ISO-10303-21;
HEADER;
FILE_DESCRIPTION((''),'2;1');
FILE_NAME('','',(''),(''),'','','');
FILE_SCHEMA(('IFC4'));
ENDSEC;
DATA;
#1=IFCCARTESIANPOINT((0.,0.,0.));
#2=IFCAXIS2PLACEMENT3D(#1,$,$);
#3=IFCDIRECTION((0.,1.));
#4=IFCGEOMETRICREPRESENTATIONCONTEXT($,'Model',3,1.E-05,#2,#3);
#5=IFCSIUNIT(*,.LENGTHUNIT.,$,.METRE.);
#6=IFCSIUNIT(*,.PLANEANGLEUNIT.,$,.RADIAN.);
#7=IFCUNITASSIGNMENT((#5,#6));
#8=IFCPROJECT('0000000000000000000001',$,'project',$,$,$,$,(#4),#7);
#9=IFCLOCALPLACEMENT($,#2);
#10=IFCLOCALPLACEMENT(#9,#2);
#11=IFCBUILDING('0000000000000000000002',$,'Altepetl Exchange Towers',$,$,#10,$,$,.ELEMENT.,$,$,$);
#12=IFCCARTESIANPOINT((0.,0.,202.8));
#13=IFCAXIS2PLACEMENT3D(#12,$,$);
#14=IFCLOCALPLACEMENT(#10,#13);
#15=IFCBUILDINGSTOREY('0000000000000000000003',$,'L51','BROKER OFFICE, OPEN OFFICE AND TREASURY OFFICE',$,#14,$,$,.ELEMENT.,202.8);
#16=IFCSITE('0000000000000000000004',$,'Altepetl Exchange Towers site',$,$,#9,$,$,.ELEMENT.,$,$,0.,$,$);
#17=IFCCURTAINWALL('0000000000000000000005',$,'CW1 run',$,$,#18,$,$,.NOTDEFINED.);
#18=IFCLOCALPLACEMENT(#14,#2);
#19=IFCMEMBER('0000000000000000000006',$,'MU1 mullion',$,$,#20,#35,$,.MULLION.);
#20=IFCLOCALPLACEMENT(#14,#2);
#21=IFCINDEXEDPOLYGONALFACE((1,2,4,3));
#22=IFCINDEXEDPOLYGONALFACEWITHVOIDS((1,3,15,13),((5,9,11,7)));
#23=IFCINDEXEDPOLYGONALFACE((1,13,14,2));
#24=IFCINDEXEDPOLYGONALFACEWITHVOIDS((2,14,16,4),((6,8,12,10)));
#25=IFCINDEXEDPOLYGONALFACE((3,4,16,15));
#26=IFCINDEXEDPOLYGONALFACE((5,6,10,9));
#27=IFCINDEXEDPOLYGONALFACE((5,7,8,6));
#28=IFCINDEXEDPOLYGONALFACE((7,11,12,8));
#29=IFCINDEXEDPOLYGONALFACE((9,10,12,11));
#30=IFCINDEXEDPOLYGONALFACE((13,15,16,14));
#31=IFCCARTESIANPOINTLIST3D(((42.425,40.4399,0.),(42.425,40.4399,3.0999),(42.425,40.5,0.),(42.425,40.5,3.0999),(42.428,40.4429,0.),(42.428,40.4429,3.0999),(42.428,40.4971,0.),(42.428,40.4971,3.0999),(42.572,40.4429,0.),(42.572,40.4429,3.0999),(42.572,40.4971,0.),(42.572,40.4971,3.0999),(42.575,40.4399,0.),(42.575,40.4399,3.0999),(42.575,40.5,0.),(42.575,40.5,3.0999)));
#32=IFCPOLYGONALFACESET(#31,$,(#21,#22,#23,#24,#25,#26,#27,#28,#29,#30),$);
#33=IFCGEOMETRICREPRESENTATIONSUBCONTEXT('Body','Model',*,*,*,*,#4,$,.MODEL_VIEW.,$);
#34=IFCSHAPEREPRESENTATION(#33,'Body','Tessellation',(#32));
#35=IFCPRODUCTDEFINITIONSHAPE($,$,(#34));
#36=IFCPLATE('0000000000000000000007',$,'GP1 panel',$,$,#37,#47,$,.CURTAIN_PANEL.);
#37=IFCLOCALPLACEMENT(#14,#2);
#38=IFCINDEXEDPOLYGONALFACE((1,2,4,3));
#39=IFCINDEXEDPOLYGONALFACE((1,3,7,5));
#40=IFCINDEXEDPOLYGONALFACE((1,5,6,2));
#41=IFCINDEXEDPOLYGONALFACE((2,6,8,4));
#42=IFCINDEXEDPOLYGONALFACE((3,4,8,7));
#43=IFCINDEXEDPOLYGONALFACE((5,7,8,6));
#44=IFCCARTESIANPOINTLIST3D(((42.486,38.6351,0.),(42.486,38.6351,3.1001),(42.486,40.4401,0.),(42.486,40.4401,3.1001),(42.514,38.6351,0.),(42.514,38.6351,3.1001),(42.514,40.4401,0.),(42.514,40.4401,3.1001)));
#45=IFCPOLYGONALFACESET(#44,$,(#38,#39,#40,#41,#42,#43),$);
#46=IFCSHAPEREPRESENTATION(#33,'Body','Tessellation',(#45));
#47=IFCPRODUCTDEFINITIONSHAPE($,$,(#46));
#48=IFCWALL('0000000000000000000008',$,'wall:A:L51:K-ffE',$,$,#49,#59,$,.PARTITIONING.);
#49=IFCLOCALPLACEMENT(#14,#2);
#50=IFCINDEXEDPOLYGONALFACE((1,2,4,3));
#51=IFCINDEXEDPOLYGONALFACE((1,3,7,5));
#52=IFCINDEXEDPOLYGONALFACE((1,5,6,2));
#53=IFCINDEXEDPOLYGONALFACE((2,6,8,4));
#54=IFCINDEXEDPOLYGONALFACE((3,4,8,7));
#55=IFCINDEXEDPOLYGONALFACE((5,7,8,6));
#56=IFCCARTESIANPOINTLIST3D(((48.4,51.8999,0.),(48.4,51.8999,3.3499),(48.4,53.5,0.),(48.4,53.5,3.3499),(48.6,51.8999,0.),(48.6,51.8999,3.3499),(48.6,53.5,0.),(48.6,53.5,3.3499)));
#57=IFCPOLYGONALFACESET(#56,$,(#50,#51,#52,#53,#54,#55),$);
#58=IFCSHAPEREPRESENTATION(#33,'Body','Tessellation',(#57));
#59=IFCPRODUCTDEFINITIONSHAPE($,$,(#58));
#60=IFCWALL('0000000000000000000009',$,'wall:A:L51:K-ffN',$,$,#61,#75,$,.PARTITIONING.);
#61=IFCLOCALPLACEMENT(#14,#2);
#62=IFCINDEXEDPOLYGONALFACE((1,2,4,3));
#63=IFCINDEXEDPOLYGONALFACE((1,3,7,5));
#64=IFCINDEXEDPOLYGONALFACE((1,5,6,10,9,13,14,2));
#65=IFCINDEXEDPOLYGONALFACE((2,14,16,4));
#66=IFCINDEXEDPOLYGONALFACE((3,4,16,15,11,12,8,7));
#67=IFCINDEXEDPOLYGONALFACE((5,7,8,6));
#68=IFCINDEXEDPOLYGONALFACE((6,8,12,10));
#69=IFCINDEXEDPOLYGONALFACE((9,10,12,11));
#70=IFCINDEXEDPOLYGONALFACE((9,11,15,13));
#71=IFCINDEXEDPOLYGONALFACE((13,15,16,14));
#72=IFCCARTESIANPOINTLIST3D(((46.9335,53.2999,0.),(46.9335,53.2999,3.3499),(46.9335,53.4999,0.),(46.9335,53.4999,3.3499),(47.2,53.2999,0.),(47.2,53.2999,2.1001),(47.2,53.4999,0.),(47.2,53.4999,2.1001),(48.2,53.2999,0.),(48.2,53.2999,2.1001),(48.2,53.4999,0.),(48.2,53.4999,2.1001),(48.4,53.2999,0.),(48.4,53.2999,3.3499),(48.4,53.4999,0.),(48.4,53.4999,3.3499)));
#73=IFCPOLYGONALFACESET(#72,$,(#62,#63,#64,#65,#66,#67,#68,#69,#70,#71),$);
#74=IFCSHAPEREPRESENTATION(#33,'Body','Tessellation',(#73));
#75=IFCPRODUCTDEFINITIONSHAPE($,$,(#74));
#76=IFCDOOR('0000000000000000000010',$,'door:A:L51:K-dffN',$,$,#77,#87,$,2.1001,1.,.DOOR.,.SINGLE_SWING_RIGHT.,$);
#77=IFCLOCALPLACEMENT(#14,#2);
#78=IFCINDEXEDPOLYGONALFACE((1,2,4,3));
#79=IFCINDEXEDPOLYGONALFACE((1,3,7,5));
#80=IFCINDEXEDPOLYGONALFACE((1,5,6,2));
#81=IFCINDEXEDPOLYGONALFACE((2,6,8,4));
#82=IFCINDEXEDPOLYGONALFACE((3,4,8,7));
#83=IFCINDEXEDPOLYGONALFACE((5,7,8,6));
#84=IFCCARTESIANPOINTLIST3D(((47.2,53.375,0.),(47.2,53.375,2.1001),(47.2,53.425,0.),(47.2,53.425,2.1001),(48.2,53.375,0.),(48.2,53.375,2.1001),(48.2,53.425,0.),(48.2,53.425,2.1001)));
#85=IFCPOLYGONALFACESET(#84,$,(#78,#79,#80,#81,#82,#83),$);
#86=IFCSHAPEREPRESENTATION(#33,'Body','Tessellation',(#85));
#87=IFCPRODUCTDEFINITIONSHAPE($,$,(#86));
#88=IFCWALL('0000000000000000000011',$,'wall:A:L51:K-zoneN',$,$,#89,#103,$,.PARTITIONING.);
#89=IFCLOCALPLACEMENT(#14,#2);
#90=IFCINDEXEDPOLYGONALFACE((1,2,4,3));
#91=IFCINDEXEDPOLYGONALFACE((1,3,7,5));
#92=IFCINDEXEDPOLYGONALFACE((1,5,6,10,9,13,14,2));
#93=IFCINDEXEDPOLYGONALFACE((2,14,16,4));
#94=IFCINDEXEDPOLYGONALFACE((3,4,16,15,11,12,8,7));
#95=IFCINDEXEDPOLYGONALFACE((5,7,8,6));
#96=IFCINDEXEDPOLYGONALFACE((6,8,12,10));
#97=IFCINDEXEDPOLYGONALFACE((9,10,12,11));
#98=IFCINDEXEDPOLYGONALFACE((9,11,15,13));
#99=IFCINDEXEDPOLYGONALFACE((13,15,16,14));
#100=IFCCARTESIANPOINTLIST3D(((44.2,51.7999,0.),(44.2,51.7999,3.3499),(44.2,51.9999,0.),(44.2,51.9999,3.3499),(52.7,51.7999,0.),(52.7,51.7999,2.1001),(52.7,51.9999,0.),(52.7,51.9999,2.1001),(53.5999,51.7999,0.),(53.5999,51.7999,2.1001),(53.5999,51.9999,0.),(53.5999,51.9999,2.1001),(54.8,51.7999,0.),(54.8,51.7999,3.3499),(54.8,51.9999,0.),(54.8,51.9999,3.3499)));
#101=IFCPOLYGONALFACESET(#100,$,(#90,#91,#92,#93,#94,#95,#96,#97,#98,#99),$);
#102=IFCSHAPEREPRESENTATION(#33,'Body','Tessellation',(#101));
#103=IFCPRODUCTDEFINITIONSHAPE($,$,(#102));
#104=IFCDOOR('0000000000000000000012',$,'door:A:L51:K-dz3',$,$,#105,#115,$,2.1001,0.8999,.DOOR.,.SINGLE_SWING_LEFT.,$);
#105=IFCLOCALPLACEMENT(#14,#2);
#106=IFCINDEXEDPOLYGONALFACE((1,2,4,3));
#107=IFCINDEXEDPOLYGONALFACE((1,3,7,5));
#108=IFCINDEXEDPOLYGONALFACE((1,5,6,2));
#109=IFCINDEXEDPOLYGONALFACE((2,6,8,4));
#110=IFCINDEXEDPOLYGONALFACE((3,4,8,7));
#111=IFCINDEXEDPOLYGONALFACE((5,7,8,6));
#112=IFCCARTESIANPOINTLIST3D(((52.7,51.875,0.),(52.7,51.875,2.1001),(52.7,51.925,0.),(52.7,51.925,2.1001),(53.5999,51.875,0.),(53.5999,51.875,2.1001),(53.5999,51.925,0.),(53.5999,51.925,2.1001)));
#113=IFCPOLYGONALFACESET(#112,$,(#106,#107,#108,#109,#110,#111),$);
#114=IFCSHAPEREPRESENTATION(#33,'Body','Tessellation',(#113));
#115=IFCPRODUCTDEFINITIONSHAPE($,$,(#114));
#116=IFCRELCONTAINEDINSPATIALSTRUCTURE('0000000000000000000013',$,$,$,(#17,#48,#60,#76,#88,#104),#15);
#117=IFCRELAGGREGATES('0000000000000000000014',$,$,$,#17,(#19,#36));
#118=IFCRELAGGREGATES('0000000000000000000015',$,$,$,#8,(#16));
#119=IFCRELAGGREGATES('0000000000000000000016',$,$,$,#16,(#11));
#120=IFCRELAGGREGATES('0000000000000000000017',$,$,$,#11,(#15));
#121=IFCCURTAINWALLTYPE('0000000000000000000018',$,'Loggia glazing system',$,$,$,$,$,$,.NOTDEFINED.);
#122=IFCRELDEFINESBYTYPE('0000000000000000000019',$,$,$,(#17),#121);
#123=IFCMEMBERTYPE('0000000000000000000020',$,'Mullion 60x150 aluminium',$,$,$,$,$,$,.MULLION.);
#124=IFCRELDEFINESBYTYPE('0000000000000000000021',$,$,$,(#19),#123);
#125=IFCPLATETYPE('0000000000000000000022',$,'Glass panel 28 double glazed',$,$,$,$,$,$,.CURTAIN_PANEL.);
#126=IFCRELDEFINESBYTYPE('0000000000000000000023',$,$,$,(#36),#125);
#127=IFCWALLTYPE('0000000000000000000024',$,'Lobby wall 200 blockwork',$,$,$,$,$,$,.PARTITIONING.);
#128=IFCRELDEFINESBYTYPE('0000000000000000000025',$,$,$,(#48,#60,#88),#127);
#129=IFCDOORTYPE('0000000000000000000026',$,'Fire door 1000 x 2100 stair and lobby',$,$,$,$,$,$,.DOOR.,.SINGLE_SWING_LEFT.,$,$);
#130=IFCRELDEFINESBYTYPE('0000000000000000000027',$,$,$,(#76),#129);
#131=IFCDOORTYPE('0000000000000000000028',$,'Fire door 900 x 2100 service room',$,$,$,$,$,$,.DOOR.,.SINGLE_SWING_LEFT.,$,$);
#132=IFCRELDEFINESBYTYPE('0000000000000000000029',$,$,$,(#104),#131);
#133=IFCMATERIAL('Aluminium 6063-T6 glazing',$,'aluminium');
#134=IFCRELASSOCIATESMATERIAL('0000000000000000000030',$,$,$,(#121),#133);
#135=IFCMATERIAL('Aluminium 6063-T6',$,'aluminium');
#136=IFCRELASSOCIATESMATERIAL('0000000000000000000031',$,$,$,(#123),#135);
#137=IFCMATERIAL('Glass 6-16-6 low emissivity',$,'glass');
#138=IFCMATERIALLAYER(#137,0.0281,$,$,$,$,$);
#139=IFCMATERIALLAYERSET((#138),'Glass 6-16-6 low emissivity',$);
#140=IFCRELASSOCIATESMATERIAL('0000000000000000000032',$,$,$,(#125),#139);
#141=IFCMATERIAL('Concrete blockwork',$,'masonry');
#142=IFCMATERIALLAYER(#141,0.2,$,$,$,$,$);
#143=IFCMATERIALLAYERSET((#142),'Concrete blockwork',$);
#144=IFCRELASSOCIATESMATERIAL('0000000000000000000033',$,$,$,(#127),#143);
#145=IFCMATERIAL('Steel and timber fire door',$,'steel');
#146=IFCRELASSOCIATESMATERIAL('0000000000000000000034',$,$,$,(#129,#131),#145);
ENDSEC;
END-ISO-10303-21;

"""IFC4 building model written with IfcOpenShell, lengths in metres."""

from ifc_helpers import new_model, si_unit, direction, frame, frame_2d, origin, origin_2d, place, context, subcontext, project, spatial, rectangle, hollow_rectangle, extrude, material, layer, layer_set, material_profile, profile_set, type_object, element, fill, aggregate, save


model = new_model("IFC4")

# Units and contexts
model_context = context("Model", 3, precision=1e-05, world=origin(), true_north=direction((0.0, 1.0)))
body_context = subcontext(model_context, "Body", "Model", "MODEL_VIEW")
ifc_project = project(units=[si_unit("LENGTHUNIT", "METRE"), si_unit("PLANEANGLEUNIT", "RADIAN")], contexts=[model_context])

# Site, building, storey
site_placement = place(None, origin())
site = spatial("IfcSite", under=ifc_project, at=site_placement, Name="Altepetl Exchange Towers site", CompositionType="ELEMENT", RefElevation=0.0)
building_placement = place(site_placement, origin())
building = spatial("IfcBuilding", under=site, at=building_placement, Name="Altepetl Exchange Towers", CompositionType="ELEMENT")
storey_placement = place(building_placement, frame((0.0, 0.0, 202.8)))
storey = spatial("IfcBuildingStorey", under=building, at=storey_placement, Name="L51", Description="BROKER OFFICE, OPEN OFFICE AND TREASURY OFFICE", CompositionType="ELEMENT", Elevation=202.8)

# Curtain wall, member, plate
ifc_material_1 = material(Name="Aluminium 6063-T6 glazing", Category="aluminium")
curtain_wall_type = type_object("IfcCurtainWallType", Name="Loggia glazing system", PredefinedType="NOTDEFINED", material=ifc_material_1)
curtain_wall_placement = place(storey_placement, origin())
curtain_wall = element("IfcCurtainWall", 1, at=curtain_wall_placement, inside=storey, type_object=curtain_wall_type, Name="CW1 run", PredefinedType="NOTDEFINED")
ifc_material_2 = material(Name="Aluminium 6063-T6", Category="aluminium")
ifc_material_profile = material_profile(ifc_material_2, hollow_rectangle(XDim=0.0601, YDim=0.1499, WallThickness=0.0029, at=origin_2d()), Name="Mullion 60x150 aluminium")
ifc_profile_set = profile_set([ifc_material_profile], Name="Aluminium 6063-T6")
member_type = type_object("IfcMemberType", Name="Mullion 60x150 aluminium", PredefinedType="MULLION", material=ifc_profile_set)
member_placement = place(storey_placement, frame((42.5, 40.47, 0.0), z_axis=(0.0, 0.0, 1.0), x_axis=(0.0, -1.0, 0.0)))
member = element("IfcMember", 2, at=member_placement, type_object=member_type, Name="MU1 mullion", PredefinedType="MULLION", context=body_context, shape_type="SweptSolid", body=[
    extrude(hollow_rectangle(XDim=0.0601, YDim=0.1499, WallThickness=0.0029, at=origin_2d()), origin(), (0.0, 0.0, 1.0), 3.0999),
])
ifc_material_3 = material(Name="Glass 6-16-6 low emissivity", Category="glass")
ifc_layer_1 = layer(ifc_material_3, 0.0281)
ifc_layer_set_1 = layer_set([ifc_layer_1], Name="Glass 6-16-6 low emissivity")
plate_type = type_object("IfcPlateType", Name="Glass panel 28 double glazed", PredefinedType="CURTAIN_PANEL", material=ifc_layer_set_1)
plate_placement = place(storey_placement, frame((42.5, 39.5376, 0.0), z_axis=(0.0, 0.0, 1.0), x_axis=(0.0, -1.0, 0.0)))
plate = element("IfcPlate", 3, at=plate_placement, type_object=plate_type, Name="GP1 panel", PredefinedType="CURTAIN_PANEL", context=body_context, shape_type="SweptSolid", body=[
    extrude(rectangle(XDim=1.8049, YDim=0.0281, at=origin_2d()), origin(), (0.0, 0.0, 1.0), 3.1001),
])
aggregate(curtain_wall, [member, plate])

# Wall
ifc_material_4 = material(Name="Concrete blockwork", Category="masonry")
ifc_layer_2 = layer(ifc_material_4, 0.2)
ifc_layer_set_2 = layer_set([ifc_layer_2], Name="Concrete blockwork")
wall_type_1 = type_object("IfcWallType", Name="Lobby wall 200 blockwork", PredefinedType="PARTITIONING", material=ifc_layer_set_2)
wall_1_placement = place(storey_placement, frame((48.5, 51.8999, 0.0), z_axis=(0.0, 0.0, 1.0), x_axis=(0.0, 1.0, 0.0)))
element("IfcWall", 4, at=wall_1_placement, inside=storey, type_object=wall_type_1, Name="wall:A:L51:K-ffE", PredefinedType="PARTITIONING", context=body_context, shape_type="SweptSolid", body=[
    extrude(rectangle(XDim=1.6001, YDim=0.2, at=frame_2d((0.8, 0.0))), origin(), (0.0, 0.0, 1.0), 3.3499),
])

# Walls, openings, doors
wall_2_placement = place(storey_placement, frame((46.9333, 53.3999, 0.0)))
wall_2 = element("IfcWall", 5, at=wall_2_placement, inside=storey, type_object=wall_type_1, Name="wall:A:L51:K-ffN", PredefinedType="PARTITIONING", context=body_context, shape_type="SweptSolid", body=[
    extrude(rectangle(XDim=1.4666, YDim=0.2, at=frame_2d((0.7334, 0.0))), origin(), (0.0, 0.0, 1.0), 3.3499),
])
opening_1_placement = place(wall_2_placement, frame((0.2666, 0.0, 0.0)))
opening_1 = element("IfcOpeningElement", 6, at=opening_1_placement, cuts=wall_2, PredefinedType="OPENING", context=body_context, shape_type="SweptSolid", body=[
    extrude(rectangle(XDim=1.0, YDim=2.1001, at=frame_2d((0.5, 1.05))), frame((0.0, 0.1099, 0.0), z_axis=(0.0, -1.0, 0.0), x_axis=(1.0, 0.0, 0.0)), (0.0, 0.0, 1.0), 0.22),
])
ifc_material_5 = material(Name="Steel and timber fire door", Category="steel")
door_type_1 = type_object("IfcDoorType", Name="Fire door 1000 x 2100 stair and lobby", OperationType="SINGLE_SWING_LEFT", PredefinedType="DOOR", material=ifc_material_5)
door_1_placement = place(opening_1_placement, frame((1.0, 0.0, 0.0), x_axis=(-1.0, 0.0, 0.0)))
door_1 = element("IfcDoor", 7, at=door_1_placement, inside=storey, type_object=door_type_1, Name="door:A:L51:K-dffN", OperationType="SINGLE_SWING_RIGHT", OverallHeight=2.1001, OverallWidth=1.0, PredefinedType="DOOR", context=body_context, shape_type="SweptSolid", body=[
    extrude(rectangle(XDim=1.0, YDim=2.1001, at=frame_2d((0.5, 1.05))), frame((0.0, 0.0249, 0.0), z_axis=(0.0, -1.0, 0.0), x_axis=(1.0, 0.0, 0.0)), (0.0, 0.0, 1.0), 0.05),
])
fill(opening_1, door_1)
wall_3_placement = place(storey_placement, frame((44.2, 51.8999, 0.0)))
wall_3 = element("IfcWall", 8, at=wall_3_placement, inside=storey, type_object=wall_type_1, Name="wall:A:L51:K-zoneN", PredefinedType="PARTITIONING", context=body_context, shape_type="SweptSolid", body=[
    extrude(rectangle(XDim=10.6001, YDim=0.2, at=frame_2d((5.3, 0.0))), origin(), (0.0, 0.0, 1.0), 3.3499),
])
opening_2_placement = place(wall_3_placement, frame((8.5, 0.0, 0.0)))
opening_2 = element("IfcOpeningElement", 9, at=opening_2_placement, cuts=wall_3, PredefinedType="OPENING", context=body_context, shape_type="SweptSolid", body=[
    extrude(rectangle(XDim=0.8999, YDim=2.1001, at=frame_2d((0.45, 1.05))), frame((0.0, 0.1099, 0.0), z_axis=(0.0, -1.0, 0.0), x_axis=(1.0, 0.0, 0.0)), (0.0, 0.0, 1.0), 0.22),
])
door_type_2 = type_object("IfcDoorType", Name="Fire door 900 x 2100 service room", OperationType="SINGLE_SWING_LEFT", PredefinedType="DOOR", material=ifc_material_5)
door_2_placement = place(opening_2_placement, frame((0.8999, 0.0, 0.0), x_axis=(-1.0, 0.0, 0.0)))
door_2 = element("IfcDoor", 10, at=door_2_placement, inside=storey, type_object=door_type_2, Name="door:A:L51:K-dz3", OperationType="SINGLE_SWING_LEFT", OverallHeight=2.1001, OverallWidth=0.8999, PredefinedType="DOOR", context=body_context, shape_type="SweptSolid", body=[
    extrude(rectangle(XDim=0.8999, YDim=2.1001, at=frame_2d((0.45, 1.05))), frame((0.0, 0.0249, 0.0), z_axis=(0.0, -1.0, 0.0), x_axis=(1.0, 0.0, 0.0)), (0.0, 0.0, 1.0), 0.05),
])
fill(opening_2, door_2)

save(model, "model.ifc")
